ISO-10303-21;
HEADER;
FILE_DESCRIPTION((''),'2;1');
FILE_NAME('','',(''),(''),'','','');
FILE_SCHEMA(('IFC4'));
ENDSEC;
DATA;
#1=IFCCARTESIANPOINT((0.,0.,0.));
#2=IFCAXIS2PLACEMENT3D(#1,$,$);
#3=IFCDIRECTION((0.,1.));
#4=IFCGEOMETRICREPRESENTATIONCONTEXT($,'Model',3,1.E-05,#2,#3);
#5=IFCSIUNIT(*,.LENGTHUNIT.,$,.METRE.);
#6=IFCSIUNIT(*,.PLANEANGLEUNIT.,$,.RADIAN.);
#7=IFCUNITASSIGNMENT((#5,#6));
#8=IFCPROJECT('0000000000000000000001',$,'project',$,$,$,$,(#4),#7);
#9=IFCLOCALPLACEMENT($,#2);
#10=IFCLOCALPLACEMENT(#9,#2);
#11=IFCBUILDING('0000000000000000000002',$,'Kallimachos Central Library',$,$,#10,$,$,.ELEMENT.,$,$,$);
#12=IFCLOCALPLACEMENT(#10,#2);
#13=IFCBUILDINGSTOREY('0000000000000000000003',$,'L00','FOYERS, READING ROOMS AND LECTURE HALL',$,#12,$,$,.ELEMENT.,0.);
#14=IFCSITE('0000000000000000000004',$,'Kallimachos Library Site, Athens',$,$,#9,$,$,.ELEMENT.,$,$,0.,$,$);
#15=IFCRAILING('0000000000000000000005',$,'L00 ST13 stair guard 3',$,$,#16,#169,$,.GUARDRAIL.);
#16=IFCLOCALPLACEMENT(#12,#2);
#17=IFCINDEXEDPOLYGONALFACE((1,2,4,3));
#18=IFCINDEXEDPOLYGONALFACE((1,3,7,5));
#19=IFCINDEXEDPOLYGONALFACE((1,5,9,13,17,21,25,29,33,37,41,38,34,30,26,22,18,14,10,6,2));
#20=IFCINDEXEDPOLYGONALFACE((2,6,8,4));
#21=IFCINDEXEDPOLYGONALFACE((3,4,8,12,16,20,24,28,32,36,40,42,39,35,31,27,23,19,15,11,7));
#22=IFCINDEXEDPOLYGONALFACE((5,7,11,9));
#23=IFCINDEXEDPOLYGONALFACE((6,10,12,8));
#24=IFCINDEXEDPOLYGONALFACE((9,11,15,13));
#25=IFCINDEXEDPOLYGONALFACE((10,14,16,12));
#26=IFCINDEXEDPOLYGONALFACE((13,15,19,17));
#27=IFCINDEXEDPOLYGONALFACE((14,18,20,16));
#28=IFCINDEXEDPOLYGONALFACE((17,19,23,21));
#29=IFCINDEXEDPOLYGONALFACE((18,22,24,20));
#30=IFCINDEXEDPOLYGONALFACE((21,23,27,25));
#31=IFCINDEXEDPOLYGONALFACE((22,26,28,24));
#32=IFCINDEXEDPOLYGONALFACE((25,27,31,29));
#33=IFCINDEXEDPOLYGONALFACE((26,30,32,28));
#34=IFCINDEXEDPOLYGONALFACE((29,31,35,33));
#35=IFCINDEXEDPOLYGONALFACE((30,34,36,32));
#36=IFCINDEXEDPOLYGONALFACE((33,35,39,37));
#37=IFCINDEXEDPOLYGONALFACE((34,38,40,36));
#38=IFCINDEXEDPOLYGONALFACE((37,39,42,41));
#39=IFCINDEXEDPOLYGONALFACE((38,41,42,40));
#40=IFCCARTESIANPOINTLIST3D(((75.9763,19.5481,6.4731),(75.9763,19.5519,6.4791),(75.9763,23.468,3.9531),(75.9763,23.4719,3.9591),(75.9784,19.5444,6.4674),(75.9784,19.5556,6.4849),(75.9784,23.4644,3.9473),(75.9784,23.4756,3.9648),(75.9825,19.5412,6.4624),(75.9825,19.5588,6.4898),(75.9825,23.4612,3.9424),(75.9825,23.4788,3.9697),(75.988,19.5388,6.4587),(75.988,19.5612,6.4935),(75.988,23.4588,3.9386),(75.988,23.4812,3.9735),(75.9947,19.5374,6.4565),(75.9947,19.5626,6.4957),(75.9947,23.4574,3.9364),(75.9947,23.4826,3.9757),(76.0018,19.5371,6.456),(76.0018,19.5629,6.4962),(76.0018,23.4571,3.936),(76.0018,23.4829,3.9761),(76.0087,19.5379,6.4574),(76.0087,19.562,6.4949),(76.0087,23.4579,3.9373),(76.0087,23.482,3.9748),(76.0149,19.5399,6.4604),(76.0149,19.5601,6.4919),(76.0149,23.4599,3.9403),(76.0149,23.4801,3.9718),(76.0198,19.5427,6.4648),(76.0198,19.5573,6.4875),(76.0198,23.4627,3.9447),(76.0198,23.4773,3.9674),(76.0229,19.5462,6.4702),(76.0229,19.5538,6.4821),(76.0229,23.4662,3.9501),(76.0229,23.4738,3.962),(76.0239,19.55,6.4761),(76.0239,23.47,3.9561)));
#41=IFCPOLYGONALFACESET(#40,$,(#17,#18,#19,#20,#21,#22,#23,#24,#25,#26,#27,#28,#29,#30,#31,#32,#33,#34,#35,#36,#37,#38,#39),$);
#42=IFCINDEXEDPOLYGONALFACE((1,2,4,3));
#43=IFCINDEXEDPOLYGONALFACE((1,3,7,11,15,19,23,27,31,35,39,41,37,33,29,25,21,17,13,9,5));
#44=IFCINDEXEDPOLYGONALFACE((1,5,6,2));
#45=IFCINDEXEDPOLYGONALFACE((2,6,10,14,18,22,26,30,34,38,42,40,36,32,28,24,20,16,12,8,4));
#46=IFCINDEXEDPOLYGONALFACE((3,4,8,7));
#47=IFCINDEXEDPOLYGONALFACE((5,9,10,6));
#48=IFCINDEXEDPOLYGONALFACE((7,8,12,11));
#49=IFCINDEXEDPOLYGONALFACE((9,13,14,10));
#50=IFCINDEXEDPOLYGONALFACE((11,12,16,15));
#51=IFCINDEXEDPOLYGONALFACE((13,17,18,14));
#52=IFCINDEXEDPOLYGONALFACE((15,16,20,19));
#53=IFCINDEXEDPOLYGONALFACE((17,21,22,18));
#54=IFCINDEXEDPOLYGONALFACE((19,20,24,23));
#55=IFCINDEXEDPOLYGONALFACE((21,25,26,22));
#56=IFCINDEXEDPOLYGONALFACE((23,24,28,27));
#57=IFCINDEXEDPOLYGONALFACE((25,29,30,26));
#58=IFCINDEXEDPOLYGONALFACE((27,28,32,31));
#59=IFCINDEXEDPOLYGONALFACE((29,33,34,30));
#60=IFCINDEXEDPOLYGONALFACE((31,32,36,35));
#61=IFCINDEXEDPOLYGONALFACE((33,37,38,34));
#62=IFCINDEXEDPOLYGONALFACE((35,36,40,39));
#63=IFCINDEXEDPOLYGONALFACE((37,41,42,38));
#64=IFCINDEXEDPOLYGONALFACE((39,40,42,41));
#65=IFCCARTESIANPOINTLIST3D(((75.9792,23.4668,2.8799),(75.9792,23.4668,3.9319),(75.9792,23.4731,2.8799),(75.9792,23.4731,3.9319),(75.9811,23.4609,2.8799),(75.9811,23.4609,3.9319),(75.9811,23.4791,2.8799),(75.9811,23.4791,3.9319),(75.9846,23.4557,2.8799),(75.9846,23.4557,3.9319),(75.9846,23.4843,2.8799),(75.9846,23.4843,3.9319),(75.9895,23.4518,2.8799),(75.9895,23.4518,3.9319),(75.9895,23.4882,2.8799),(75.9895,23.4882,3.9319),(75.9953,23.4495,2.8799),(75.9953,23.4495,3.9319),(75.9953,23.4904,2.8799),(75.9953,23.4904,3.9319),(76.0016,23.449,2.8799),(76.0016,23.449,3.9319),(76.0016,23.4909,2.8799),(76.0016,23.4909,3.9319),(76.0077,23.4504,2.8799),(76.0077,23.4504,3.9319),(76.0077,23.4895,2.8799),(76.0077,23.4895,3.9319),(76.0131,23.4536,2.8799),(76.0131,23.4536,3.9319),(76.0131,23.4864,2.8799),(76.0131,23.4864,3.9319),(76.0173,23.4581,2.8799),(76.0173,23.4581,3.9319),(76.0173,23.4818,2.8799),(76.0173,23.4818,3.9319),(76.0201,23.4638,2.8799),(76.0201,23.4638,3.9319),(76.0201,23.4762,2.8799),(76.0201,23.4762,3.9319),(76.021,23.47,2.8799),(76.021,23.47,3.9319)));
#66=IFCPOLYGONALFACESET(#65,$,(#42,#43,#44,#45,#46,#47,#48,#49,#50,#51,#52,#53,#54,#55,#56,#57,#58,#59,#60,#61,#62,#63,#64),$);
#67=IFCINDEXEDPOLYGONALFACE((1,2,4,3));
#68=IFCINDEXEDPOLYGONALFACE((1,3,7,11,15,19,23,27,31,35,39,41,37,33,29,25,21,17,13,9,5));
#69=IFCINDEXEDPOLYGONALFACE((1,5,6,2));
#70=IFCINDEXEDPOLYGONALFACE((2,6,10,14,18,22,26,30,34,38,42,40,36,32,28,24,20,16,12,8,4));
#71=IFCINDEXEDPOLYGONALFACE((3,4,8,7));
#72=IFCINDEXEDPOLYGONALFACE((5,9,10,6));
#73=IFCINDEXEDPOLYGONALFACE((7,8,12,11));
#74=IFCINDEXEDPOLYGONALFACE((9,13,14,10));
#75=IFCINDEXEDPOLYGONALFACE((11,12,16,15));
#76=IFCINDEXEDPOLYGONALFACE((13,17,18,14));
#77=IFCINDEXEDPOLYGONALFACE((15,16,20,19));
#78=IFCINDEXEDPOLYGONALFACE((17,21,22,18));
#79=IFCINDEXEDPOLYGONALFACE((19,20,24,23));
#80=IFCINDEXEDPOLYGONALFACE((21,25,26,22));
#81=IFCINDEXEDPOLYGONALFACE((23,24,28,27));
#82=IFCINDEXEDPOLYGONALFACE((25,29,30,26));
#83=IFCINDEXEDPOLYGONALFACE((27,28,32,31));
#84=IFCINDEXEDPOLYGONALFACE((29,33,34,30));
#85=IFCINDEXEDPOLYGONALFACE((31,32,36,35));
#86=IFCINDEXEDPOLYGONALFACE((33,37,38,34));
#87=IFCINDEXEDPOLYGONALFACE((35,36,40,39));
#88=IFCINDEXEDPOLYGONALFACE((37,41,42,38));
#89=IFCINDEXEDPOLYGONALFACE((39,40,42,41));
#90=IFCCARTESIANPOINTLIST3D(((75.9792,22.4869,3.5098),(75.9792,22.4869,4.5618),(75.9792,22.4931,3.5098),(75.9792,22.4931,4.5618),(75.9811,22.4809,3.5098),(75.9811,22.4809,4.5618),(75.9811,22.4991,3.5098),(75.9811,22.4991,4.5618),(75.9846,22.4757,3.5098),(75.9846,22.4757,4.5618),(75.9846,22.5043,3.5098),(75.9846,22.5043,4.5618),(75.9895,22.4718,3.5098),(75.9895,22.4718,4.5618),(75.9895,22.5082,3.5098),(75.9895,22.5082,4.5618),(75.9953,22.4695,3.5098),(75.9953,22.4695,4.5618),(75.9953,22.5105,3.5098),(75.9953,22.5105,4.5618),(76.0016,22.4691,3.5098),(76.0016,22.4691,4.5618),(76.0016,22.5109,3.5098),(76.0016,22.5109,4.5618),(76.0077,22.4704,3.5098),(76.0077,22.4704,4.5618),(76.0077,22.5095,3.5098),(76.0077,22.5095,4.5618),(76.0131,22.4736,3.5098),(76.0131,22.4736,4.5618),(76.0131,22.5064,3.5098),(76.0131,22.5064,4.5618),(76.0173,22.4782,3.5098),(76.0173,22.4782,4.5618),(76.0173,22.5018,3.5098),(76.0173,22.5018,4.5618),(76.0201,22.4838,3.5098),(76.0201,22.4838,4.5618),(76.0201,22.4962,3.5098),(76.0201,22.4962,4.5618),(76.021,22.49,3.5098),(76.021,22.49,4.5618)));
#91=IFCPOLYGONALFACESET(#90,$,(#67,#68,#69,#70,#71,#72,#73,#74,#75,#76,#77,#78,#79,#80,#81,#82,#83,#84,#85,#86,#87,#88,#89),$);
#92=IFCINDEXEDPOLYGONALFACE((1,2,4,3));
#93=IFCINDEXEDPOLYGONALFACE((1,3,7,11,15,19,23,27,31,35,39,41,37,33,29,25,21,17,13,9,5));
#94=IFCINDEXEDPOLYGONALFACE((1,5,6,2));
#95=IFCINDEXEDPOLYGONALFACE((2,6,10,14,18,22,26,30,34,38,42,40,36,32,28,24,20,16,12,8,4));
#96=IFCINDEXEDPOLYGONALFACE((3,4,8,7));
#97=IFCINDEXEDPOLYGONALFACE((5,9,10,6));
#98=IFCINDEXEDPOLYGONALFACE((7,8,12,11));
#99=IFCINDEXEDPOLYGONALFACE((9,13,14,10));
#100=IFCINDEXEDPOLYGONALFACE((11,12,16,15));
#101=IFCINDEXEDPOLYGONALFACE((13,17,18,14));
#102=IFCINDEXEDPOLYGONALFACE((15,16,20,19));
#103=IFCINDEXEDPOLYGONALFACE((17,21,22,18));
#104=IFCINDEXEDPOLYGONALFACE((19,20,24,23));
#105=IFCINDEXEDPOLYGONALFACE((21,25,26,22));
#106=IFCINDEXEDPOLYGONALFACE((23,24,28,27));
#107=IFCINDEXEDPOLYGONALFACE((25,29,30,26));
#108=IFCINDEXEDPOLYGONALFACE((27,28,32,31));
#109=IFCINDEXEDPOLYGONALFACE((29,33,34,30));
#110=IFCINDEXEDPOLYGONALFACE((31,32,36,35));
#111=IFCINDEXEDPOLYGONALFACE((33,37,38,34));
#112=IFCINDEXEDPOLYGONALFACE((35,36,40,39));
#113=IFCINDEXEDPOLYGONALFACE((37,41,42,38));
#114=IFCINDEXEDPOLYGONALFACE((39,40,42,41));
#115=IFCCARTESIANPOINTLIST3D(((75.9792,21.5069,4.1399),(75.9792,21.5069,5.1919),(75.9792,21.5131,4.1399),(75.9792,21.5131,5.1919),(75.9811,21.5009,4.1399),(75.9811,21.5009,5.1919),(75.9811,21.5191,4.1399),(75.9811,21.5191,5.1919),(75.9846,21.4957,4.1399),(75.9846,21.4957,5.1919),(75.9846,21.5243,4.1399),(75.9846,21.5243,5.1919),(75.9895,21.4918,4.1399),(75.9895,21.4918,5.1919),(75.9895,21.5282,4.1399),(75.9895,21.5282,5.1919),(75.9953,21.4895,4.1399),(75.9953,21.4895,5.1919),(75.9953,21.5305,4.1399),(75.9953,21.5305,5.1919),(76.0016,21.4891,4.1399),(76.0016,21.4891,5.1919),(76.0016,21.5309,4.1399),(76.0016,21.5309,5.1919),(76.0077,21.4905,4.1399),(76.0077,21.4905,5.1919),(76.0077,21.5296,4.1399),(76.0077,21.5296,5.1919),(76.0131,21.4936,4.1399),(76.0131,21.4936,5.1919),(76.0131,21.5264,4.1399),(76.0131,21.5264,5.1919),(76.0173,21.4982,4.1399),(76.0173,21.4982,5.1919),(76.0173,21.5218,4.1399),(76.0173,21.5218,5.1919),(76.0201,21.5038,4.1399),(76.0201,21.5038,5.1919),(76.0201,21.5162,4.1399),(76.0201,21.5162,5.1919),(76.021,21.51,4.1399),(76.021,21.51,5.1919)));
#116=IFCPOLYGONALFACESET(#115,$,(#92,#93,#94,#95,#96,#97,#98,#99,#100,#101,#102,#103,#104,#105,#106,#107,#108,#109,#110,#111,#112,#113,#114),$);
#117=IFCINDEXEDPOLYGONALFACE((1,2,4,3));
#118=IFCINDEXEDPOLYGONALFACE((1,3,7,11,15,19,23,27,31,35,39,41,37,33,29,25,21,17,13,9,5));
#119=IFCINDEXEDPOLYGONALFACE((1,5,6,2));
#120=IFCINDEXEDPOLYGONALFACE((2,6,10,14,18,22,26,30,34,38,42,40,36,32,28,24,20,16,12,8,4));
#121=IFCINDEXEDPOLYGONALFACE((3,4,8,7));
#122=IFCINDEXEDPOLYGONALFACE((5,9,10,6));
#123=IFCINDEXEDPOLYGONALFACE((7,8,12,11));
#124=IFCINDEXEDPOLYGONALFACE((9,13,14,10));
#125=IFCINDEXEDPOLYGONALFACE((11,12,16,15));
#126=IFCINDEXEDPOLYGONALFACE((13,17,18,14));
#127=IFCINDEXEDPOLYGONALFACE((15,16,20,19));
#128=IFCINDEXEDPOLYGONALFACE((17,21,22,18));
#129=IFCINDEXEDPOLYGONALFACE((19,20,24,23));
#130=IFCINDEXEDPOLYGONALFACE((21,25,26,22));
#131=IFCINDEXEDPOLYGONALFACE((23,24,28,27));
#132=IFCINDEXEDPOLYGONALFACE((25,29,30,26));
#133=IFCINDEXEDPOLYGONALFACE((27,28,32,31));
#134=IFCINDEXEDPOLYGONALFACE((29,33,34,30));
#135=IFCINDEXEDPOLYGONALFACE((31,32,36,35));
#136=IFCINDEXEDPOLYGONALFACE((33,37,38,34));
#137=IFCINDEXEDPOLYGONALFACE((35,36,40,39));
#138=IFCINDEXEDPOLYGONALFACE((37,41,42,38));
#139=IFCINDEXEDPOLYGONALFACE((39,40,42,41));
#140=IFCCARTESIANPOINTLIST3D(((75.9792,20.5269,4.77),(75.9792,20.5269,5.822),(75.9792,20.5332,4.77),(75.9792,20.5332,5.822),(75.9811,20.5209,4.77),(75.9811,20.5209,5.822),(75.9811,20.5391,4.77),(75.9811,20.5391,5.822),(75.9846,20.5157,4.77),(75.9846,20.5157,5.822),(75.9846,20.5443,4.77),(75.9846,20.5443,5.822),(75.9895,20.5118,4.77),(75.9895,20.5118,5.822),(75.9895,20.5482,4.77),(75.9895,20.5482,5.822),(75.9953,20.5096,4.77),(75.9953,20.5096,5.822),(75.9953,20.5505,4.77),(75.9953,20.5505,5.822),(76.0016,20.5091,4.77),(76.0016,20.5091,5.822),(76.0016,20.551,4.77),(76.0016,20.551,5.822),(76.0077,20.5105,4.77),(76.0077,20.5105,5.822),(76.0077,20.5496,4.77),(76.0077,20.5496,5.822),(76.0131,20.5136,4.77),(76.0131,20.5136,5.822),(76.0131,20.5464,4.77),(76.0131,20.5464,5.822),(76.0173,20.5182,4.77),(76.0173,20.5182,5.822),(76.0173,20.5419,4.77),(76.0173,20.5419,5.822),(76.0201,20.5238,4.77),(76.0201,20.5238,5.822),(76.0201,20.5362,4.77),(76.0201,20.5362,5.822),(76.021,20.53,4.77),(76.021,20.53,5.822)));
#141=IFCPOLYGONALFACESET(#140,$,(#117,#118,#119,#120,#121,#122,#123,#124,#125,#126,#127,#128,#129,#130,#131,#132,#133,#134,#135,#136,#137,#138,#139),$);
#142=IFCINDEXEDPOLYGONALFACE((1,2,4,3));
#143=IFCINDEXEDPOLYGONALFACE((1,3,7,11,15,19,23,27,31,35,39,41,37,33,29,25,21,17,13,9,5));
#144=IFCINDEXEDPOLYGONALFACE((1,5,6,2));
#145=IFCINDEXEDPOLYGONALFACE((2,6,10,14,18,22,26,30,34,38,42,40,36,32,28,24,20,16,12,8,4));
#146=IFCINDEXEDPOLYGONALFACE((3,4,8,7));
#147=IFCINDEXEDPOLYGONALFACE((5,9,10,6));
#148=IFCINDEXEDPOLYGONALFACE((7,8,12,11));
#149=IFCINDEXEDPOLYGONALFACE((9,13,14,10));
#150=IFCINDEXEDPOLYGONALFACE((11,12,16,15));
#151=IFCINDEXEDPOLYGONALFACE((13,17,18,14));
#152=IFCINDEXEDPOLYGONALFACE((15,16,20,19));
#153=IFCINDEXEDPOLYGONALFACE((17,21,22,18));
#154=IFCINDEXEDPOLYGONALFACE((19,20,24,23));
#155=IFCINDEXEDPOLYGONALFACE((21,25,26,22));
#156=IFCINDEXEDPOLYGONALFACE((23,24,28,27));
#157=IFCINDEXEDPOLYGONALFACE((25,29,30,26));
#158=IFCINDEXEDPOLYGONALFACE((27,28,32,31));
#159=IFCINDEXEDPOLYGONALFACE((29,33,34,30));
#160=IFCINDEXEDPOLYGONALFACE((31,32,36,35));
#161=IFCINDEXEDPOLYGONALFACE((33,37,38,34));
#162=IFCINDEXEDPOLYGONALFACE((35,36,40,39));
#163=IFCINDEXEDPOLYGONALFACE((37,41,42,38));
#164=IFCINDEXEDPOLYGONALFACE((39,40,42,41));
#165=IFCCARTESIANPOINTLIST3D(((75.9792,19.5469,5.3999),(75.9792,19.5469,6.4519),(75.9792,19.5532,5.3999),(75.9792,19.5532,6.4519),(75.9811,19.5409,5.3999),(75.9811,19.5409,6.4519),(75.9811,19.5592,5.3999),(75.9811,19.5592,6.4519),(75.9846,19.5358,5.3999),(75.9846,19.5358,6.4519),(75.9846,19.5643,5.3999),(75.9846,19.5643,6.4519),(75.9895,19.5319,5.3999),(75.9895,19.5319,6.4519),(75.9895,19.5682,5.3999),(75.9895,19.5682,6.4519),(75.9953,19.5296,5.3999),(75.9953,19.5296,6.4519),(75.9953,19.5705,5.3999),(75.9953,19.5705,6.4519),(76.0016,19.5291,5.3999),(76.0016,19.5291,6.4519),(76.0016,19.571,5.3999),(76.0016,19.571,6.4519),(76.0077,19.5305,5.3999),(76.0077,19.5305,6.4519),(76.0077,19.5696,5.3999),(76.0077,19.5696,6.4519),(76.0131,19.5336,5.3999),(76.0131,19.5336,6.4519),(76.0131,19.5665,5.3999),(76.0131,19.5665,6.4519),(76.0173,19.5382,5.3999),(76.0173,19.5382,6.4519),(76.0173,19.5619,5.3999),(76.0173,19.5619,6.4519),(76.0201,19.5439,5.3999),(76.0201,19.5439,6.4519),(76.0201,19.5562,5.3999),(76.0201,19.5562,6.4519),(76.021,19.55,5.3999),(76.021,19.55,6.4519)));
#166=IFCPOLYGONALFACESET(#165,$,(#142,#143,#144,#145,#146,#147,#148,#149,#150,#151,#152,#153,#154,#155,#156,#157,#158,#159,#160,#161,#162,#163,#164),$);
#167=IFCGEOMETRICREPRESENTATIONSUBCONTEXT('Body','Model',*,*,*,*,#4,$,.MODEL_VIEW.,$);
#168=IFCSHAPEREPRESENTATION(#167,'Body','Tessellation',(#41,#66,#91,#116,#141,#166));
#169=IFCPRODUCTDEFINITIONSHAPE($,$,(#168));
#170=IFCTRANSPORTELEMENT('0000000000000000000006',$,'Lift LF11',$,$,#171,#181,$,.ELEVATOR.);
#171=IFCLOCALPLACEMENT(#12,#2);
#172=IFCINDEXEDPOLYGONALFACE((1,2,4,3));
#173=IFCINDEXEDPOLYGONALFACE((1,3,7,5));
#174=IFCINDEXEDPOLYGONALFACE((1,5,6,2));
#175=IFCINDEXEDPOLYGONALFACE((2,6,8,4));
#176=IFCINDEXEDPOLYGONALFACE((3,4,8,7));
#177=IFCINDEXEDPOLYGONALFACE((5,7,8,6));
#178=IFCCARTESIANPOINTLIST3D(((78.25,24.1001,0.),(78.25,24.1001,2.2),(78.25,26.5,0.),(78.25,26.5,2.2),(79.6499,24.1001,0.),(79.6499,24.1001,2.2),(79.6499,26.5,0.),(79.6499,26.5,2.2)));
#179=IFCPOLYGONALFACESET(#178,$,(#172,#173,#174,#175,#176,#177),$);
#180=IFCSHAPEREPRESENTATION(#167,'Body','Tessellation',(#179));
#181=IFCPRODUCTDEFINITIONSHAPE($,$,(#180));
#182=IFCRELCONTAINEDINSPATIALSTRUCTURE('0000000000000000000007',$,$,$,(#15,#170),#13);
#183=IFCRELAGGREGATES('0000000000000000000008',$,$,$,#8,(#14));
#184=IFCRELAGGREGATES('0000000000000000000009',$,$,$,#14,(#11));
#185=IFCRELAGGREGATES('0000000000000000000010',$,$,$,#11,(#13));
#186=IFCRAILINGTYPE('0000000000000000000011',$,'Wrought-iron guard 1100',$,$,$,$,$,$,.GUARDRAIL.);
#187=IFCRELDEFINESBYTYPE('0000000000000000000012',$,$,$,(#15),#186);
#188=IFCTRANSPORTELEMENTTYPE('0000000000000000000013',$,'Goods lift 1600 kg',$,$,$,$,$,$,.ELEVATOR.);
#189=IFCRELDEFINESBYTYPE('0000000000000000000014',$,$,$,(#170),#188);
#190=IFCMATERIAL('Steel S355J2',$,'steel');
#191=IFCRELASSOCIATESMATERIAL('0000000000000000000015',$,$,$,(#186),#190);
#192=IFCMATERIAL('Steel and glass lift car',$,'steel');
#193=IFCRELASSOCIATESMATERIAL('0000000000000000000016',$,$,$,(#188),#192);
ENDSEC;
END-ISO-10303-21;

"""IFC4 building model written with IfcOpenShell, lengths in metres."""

from ifc_helpers import new_model, si_unit, direction, frame, origin, origin_2d, place, context, subcontext, project, spatial, rectangle, circle, extrude, material, type_object, element, save


model = new_model("IFC4")

# Units and contexts
model_context = context("Model", 3, precision=1e-05, world=origin(), true_north=direction((0.0, 1.0)))
body_context = subcontext(model_context, "Body", "Model", "MODEL_VIEW")
ifc_project = project(units=[si_unit("LENGTHUNIT", "METRE"), si_unit("PLANEANGLEUNIT", "RADIAN")], contexts=[model_context])

# Site, building, storey
site_placement = place(None, origin())
site = spatial("IfcSite", under=ifc_project, at=site_placement, Name="Kallimachos Library Site, Athens", CompositionType="ELEMENT", RefElevation=0.0)
building_placement = place(site_placement, origin())
building = spatial("IfcBuilding", under=site, at=building_placement, Name="Kallimachos Central Library", CompositionType="ELEMENT")
storey_placement = place(building_placement, origin())
storey = spatial("IfcBuildingStorey", under=building, at=storey_placement, Name="L00", Description="FOYERS, READING ROOMS AND LECTURE HALL", CompositionType="ELEMENT", Elevation=0.0)

# Railing
ifc_material_1 = material(Name="Steel S355J2", Category="steel")
railing_type = type_object("IfcRailingType", Name="Wrought-iron guard 1100", PredefinedType="GUARDRAIL", material=ifc_material_1)
railing_1_placement = place(storey_placement, frame((76.0, 23.47, 2.8799)))
element("IfcRailing", 1, at=railing_1_placement, inside=storey, type_object=railing_type, Name="L00 ST13 stair guard 3", PredefinedType="GUARDRAIL", context=body_context, shape_type="SweptSolid", body=[
    extrude(circle(Radius=0.0239, at=origin_2d()), frame((0.0, 0.0, 1.0762), z_axis=(0.0, -0.841172, 0.540768), x_axis=(1.0, 0.0, 0.0)), (0.0, 0.0, 1.0), 4.6602),
    extrude(circle(Radius=0.021, at=origin_2d()), origin(), (0.0, 0.0, 1.0), 1.052),
    extrude(circle(Radius=0.021, at=origin_2d()), frame((0.0, -0.98, 0.6299)), (0.0, 0.0, 1.0), 1.052),
    extrude(circle(Radius=0.021, at=origin_2d()), frame((0.0, -1.96, 1.26)), (0.0, 0.0, 1.0), 1.052),
    extrude(circle(Radius=0.021, at=origin_2d()), frame((0.0, -2.9399, 1.8901)), (0.0, 0.0, 1.0), 1.052),
    extrude(circle(Radius=0.021, at=origin_2d()), frame((0.0, -3.9199, 2.52)), (0.0, 0.0, 1.0), 1.052),
])

# Transport element
ifc_material_2 = material(Name="Steel and glass lift car", Category="steel")
transport_element_type = type_object("IfcTransportElementType", Name="Goods lift 1600 kg", PredefinedType="ELEVATOR", material=ifc_material_2)
transport_element_placement = place(storey_placement, frame((78.95, 25.3, 0.0), z_axis=(0.0, 0.0, 1.0), x_axis=(1.0, 0.0, 0.0)))
element("IfcTransportElement", 2, at=transport_element_placement, inside=storey, type_object=transport_element_type, Name="Lift LF11", PredefinedType="ELEVATOR", context=body_context, shape_type="SweptSolid", body=[
    extrude(rectangle(XDim=1.3999, YDim=2.3999, at=origin_2d()), origin(), (0.0, 0.0, 1.0), 2.2),
])

save(model, "model.ifc")
